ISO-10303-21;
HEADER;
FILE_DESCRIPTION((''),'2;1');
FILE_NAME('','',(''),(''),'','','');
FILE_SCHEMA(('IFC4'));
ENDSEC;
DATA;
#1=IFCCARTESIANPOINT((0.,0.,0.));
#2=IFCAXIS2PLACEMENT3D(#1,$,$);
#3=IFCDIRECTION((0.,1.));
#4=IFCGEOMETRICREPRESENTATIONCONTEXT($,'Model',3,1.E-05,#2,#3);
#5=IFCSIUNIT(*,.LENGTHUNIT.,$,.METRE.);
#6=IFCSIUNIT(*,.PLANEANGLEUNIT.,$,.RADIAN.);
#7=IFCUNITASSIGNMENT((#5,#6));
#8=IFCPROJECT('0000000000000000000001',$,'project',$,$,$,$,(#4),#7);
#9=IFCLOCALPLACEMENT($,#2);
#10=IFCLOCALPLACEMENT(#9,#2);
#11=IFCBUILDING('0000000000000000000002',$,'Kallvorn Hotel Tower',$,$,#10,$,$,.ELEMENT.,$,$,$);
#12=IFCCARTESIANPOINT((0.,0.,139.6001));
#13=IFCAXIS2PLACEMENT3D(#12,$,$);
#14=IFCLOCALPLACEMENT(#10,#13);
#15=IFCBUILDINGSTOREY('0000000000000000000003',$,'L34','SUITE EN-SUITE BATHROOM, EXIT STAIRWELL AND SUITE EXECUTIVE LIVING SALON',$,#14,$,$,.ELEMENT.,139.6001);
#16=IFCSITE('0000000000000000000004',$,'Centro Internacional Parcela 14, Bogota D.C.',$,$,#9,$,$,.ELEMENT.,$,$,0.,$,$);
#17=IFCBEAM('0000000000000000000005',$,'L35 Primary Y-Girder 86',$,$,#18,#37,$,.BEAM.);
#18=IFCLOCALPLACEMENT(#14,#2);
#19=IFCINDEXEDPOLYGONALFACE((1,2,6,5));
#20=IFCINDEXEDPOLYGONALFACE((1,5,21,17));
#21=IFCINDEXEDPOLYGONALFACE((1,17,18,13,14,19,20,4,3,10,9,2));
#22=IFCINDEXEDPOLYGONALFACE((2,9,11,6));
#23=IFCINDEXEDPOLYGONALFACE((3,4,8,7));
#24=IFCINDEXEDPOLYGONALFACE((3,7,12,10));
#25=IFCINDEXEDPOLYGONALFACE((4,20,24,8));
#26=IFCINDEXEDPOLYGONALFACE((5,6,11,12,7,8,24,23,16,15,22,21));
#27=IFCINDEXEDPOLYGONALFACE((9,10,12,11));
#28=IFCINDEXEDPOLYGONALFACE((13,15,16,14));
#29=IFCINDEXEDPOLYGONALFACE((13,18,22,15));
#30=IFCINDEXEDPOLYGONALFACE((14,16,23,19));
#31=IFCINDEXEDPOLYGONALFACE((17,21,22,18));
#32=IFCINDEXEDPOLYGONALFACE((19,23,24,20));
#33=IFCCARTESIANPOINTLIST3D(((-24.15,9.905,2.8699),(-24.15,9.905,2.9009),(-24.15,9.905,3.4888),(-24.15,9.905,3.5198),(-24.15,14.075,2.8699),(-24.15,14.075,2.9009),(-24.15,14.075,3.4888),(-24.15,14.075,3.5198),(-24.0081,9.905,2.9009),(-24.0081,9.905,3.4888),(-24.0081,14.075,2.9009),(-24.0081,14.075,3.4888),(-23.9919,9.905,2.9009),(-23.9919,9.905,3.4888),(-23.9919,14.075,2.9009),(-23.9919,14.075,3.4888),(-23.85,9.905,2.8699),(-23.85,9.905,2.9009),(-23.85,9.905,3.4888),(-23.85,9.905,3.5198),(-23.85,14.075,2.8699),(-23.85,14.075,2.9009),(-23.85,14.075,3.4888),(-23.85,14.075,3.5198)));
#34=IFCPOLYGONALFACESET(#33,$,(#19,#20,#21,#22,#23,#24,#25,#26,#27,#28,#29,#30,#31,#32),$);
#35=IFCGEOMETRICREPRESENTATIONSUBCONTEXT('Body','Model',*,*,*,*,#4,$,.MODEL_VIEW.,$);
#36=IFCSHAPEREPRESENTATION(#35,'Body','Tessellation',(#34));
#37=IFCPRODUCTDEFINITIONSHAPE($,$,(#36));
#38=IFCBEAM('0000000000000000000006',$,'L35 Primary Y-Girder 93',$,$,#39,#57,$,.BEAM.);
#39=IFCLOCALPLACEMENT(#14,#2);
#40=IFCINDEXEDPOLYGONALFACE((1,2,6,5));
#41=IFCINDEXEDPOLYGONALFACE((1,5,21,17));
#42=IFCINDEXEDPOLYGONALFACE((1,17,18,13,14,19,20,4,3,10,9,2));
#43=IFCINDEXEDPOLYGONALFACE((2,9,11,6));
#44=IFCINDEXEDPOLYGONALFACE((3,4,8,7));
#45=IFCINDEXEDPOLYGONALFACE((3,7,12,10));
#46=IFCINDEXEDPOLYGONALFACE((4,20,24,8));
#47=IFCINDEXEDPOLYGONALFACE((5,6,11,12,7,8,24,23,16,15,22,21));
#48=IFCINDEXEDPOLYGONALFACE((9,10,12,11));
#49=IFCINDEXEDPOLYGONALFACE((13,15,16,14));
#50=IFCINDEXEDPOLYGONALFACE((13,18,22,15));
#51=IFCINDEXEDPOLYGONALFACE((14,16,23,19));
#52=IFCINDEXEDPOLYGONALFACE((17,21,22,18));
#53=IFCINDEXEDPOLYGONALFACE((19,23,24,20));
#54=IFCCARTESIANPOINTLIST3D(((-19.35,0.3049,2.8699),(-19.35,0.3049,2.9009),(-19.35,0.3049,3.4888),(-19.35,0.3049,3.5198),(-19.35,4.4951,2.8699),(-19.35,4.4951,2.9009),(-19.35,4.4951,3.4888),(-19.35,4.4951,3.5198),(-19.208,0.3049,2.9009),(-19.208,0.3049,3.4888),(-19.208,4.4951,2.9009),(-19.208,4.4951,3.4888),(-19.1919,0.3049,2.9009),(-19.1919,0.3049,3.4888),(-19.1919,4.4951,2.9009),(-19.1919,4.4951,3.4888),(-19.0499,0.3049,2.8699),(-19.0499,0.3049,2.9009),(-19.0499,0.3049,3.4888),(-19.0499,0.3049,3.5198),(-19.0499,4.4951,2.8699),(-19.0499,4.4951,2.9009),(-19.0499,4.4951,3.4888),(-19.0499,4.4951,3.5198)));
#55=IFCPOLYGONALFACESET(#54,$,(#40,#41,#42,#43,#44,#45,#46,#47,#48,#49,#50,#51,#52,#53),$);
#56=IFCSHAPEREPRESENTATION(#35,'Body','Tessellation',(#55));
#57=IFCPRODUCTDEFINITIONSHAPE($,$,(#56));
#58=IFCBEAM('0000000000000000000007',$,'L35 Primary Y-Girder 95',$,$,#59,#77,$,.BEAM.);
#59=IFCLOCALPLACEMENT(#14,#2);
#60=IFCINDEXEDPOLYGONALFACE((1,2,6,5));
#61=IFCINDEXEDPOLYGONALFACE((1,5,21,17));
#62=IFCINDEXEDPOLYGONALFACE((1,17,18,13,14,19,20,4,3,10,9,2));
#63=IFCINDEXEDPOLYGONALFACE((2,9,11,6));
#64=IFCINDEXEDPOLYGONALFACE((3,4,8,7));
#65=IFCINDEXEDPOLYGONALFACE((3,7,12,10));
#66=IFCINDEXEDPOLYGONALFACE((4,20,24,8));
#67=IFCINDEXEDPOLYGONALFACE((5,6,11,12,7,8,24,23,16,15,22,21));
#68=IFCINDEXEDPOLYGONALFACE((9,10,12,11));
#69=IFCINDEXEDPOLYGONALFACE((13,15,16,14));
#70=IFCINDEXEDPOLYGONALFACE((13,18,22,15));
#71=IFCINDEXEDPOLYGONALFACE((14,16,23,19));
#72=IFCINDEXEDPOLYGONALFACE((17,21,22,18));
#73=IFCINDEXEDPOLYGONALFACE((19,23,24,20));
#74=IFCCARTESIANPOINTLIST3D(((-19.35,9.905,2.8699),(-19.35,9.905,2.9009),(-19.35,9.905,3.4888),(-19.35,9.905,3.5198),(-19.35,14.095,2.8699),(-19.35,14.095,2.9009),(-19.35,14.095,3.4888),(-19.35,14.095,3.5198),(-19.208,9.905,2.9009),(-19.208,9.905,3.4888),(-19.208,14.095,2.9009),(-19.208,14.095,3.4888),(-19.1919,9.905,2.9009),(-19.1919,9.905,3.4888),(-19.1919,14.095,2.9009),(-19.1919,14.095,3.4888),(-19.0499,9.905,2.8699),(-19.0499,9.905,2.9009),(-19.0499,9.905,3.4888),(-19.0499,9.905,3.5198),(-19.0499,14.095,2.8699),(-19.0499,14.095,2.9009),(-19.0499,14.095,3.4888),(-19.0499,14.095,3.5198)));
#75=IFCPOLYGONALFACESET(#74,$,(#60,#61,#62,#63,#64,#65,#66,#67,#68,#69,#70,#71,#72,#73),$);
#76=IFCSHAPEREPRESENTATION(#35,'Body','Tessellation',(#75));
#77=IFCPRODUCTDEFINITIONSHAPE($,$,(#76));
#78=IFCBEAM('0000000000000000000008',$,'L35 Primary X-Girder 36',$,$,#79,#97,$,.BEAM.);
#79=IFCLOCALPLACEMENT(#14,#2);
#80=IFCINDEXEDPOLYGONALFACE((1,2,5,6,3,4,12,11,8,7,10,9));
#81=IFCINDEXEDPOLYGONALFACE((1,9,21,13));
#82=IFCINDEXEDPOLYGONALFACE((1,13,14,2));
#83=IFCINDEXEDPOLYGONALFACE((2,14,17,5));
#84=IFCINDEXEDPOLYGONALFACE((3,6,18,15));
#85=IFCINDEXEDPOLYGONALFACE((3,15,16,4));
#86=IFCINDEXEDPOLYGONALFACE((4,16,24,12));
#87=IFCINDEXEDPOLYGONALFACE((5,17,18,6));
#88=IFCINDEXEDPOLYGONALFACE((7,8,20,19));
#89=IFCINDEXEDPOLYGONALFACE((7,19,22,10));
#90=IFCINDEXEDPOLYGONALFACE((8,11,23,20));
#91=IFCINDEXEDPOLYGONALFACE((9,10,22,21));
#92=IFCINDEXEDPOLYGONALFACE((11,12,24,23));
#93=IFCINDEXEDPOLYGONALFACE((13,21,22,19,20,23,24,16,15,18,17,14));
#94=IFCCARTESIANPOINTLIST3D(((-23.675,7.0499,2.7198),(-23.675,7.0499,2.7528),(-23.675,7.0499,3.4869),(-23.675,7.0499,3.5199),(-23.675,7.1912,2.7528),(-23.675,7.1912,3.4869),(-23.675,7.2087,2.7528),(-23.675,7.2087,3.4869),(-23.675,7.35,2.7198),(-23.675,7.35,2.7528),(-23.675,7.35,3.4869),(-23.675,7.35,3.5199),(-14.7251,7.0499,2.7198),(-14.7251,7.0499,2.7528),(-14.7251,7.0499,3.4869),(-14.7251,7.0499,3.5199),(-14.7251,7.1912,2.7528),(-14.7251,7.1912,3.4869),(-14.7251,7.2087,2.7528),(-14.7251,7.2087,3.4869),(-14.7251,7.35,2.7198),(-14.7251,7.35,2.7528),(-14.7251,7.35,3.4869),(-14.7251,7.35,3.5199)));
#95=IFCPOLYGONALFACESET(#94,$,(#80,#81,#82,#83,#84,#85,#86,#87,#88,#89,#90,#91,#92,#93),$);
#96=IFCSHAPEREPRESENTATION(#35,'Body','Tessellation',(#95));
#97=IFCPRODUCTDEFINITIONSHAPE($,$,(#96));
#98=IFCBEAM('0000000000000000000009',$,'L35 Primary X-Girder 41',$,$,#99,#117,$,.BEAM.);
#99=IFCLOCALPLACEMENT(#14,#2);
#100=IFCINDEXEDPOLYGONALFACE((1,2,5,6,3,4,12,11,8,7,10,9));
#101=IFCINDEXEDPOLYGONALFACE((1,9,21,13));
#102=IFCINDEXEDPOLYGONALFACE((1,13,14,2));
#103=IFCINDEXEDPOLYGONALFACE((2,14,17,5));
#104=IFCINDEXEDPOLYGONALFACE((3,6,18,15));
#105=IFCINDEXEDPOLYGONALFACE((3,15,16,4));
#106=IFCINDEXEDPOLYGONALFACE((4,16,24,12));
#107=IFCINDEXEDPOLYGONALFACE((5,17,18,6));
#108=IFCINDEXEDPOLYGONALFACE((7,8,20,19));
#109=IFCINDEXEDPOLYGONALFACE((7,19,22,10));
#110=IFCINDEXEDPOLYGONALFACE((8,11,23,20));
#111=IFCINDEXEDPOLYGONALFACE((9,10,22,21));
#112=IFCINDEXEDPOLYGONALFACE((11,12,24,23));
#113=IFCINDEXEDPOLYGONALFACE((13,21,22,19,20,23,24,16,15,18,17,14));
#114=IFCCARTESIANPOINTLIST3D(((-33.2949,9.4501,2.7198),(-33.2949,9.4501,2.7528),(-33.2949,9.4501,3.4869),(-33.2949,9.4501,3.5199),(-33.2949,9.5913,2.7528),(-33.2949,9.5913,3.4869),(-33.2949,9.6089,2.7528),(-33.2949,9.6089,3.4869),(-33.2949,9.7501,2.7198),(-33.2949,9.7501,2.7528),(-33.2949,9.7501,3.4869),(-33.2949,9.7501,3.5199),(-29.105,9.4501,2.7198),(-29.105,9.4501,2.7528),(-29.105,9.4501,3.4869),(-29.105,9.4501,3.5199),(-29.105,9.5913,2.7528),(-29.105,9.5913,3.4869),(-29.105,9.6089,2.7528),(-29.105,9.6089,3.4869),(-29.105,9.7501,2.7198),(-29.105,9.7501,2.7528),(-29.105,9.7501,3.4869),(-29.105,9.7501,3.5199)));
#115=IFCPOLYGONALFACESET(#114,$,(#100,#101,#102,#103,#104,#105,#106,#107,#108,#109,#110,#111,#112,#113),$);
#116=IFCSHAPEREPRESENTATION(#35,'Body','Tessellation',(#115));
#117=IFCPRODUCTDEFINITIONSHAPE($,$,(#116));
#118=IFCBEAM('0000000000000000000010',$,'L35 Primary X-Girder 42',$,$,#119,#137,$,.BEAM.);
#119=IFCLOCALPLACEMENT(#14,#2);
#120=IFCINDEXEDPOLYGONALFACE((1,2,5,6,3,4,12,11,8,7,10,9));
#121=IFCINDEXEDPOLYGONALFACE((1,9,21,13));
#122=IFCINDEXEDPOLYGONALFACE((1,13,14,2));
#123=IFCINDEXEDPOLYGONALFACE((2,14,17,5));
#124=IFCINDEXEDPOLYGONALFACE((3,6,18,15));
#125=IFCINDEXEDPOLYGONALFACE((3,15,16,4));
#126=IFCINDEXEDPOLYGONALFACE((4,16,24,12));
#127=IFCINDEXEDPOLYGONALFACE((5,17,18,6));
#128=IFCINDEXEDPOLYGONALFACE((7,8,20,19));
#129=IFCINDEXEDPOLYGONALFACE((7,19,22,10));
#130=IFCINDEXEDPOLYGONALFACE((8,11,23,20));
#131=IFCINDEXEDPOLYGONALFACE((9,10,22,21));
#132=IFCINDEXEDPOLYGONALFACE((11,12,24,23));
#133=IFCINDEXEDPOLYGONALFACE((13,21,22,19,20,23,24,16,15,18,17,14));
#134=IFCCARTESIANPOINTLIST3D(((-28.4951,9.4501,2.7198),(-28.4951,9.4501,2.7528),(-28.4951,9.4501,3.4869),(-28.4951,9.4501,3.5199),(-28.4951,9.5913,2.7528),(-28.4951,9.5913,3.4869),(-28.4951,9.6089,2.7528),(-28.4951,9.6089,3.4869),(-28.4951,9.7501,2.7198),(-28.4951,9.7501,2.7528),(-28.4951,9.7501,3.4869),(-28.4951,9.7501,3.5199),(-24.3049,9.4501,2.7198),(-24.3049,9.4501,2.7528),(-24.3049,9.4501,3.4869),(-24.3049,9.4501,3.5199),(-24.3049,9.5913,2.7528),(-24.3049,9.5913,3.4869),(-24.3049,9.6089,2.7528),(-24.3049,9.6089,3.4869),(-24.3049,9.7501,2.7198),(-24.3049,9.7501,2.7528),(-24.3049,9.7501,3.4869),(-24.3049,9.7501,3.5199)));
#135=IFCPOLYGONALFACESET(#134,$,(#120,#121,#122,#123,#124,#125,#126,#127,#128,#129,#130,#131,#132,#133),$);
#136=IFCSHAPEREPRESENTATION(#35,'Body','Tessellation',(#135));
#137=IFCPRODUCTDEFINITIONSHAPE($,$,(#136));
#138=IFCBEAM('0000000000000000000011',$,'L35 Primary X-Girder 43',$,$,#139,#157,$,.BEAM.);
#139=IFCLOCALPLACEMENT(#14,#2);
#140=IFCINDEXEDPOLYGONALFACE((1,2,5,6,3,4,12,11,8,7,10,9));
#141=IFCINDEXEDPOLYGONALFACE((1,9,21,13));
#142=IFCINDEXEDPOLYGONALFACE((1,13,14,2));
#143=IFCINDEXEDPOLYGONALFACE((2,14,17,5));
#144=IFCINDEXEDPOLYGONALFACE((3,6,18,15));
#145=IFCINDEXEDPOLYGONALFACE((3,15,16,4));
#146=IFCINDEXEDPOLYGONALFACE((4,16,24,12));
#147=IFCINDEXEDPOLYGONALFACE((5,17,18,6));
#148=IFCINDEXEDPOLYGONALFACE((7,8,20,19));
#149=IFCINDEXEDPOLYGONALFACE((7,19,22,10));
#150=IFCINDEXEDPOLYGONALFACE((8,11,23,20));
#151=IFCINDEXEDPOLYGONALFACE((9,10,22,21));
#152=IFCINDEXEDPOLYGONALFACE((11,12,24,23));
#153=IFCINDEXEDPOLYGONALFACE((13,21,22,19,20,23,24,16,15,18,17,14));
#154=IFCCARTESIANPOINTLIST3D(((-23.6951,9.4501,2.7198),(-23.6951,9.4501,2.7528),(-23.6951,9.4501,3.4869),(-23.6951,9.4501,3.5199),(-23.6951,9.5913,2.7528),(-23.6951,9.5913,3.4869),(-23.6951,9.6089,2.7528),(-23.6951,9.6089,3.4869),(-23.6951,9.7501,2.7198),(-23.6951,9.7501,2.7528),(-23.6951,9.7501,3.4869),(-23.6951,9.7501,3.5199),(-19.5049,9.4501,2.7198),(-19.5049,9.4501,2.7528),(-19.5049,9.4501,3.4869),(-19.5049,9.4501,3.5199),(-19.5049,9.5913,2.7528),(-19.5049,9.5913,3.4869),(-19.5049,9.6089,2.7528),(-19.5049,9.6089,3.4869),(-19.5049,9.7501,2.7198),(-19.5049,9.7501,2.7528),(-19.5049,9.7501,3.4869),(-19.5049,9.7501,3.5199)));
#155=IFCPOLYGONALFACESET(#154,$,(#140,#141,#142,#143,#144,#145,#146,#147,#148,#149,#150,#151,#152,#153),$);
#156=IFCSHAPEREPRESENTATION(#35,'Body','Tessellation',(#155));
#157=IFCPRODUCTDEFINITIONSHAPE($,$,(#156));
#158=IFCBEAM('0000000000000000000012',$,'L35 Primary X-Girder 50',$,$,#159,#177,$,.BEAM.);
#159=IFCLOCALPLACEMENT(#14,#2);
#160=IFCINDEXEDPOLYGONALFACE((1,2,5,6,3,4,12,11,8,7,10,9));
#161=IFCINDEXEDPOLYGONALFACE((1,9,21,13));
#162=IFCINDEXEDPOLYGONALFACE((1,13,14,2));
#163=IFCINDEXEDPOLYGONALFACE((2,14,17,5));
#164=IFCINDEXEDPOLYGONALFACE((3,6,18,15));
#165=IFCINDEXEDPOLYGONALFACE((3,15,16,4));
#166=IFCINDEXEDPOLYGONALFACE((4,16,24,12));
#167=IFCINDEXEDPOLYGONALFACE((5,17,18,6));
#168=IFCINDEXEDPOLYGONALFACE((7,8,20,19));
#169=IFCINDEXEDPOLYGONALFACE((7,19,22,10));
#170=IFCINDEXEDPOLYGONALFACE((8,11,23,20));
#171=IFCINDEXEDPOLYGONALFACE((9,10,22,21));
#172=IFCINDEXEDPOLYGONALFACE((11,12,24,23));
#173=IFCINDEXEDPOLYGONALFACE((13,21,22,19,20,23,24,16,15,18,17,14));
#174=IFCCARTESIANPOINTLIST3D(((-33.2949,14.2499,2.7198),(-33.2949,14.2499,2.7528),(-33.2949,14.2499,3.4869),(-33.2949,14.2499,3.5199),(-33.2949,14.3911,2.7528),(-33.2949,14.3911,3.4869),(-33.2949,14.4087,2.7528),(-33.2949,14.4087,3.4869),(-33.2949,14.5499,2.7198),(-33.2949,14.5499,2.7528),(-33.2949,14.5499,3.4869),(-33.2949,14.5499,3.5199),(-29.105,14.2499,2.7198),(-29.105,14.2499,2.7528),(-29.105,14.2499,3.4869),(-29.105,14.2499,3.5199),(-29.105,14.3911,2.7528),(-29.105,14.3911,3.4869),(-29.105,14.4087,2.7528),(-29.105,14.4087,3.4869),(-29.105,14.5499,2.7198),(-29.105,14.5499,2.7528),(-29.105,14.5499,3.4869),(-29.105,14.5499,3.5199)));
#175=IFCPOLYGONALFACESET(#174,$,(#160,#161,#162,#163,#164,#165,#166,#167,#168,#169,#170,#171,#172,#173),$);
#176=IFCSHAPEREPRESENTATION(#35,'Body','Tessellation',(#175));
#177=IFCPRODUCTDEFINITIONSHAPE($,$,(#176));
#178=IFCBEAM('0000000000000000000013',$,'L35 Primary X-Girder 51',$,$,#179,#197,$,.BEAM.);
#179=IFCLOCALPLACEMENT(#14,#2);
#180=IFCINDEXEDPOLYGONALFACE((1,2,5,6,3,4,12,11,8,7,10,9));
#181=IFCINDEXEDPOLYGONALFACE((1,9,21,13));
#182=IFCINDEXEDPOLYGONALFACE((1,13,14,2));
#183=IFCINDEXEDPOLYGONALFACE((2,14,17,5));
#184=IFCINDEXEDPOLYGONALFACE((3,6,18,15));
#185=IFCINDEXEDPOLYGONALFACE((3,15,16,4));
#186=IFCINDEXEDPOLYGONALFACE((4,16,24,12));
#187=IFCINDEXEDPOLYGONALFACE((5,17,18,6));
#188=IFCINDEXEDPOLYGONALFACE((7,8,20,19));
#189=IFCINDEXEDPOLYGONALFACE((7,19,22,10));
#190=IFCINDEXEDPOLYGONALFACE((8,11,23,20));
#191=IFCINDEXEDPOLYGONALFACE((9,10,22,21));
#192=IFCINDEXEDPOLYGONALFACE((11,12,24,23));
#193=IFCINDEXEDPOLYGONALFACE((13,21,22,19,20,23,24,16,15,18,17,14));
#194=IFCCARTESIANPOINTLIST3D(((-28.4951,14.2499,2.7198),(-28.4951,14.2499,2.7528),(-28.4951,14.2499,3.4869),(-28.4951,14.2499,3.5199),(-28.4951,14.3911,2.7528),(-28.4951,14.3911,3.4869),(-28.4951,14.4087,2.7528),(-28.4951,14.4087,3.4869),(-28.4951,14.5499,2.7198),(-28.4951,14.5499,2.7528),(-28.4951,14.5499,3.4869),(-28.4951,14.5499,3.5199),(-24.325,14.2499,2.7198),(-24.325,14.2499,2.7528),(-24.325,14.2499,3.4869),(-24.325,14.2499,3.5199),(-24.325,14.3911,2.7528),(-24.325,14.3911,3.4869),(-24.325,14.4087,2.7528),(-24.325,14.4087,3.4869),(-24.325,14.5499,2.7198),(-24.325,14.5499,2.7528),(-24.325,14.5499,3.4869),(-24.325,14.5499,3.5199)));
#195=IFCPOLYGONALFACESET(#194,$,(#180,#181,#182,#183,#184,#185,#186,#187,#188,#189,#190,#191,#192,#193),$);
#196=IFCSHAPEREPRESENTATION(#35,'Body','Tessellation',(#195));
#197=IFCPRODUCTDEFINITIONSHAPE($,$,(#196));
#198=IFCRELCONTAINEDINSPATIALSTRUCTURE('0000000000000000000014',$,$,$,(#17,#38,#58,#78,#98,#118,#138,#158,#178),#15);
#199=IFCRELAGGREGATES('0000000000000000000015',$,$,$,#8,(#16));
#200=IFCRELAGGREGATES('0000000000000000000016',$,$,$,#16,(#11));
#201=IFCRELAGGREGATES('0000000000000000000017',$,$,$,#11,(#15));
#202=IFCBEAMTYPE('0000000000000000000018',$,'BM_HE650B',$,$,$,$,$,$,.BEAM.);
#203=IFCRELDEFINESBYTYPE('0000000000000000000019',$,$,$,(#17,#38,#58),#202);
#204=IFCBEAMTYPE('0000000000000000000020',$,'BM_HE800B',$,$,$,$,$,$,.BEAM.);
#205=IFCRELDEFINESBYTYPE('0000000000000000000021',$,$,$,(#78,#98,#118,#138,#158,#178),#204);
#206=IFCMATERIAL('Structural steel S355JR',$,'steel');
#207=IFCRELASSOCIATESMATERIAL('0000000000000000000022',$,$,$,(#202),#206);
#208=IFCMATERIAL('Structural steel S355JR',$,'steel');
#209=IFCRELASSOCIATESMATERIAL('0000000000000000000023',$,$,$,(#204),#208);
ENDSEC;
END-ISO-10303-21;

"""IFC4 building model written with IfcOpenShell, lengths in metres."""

from ifc_helpers import new_model, si_unit, direction, frame, origin, origin_2d, place, context, subcontext, project, spatial, i_section, extrude, material, material_profile, profile_set, type_object, element, save


model = new_model("IFC4")

# Units and contexts
model_context = context("Model", 3, precision=1e-05, world=origin(), true_north=direction((0.0, 1.0)))
body_context = subcontext(model_context, "Body", "Model", "MODEL_VIEW")
ifc_project = project(units=[si_unit("LENGTHUNIT", "METRE"), si_unit("PLANEANGLEUNIT", "RADIAN")], contexts=[model_context])

# Site, building, storey
site_placement = place(None, origin())
site = spatial("IfcSite", under=ifc_project, at=site_placement, Name="Centro Internacional Parcela 14, Bogota D.C.", CompositionType="ELEMENT", RefElevation=0.0)
building_placement = place(site_placement, origin())
building = spatial("IfcBuilding", under=site, at=building_placement, Name="Kallvorn Hotel Tower", CompositionType="ELEMENT")
storey_placement = place(building_placement, frame((0.0, 0.0, 139.6001)))
storey = spatial("IfcBuildingStorey", under=building, at=storey_placement, Name="L34", Description="SUITE EN-SUITE BATHROOM, EXIT STAIRWELL AND SUITE EXECUTIVE LIVING SALON", CompositionType="ELEMENT", Elevation=139.6001)

# Beams
ifc_material_1 = material(Name="Structural steel S355JR", Category="steel")
ifc_material_profile_1 = material_profile(ifc_material_1, i_section(OverallWidth=0.3, OverallDepth=0.6499, WebThickness=0.0161, FlangeThickness=0.031, at=origin_2d()), Name="HE 650 B")
ifc_profile_set_1 = profile_set([ifc_material_profile_1], Name="Structural steel S355JR")
beam_type_1 = type_object("IfcBeamType", Name="BM_HE650B", PredefinedType="BEAM", material=ifc_profile_set_1)
beam_1_placement = place(storey_placement, frame((-24.0, 9.905, 3.1948), z_axis=(0.0, 1.0, 0.0), x_axis=(-1.0, 0.0, 0.0)))
element("IfcBeam", 1, at=beam_1_placement, inside=storey, type_object=beam_type_1, Name="L35 Primary Y-Girder 86", PredefinedType="BEAM", context=body_context, shape_type="SweptSolid", body=[
    extrude(i_section(OverallWidth=0.3, OverallDepth=0.6499, WebThickness=0.0161, FlangeThickness=0.031, at=origin_2d()), origin(), (0.0, 0.0, 1.0), 4.1699),
])
beam_2_placement = place(storey_placement, frame((-19.2, 0.3049, 3.1948), z_axis=(0.0, 1.0, 0.0), x_axis=(-1.0, 0.0, 0.0)))
element("IfcBeam", 2, at=beam_2_placement, inside=storey, type_object=beam_type_1, Name="L35 Primary Y-Girder 93", PredefinedType="BEAM", context=body_context, shape_type="SweptSolid", body=[
    extrude(i_section(OverallWidth=0.3, OverallDepth=0.6499, WebThickness=0.0161, FlangeThickness=0.031, at=origin_2d()), origin(), (0.0, 0.0, 1.0), 4.1902),
])
beam_3_placement = place(storey_placement, frame((-19.2, 9.905, 3.1948), z_axis=(0.0, 1.0, 0.0), x_axis=(-1.0, 0.0, 0.0)))
element("IfcBeam", 3, at=beam_3_placement, inside=storey, type_object=beam_type_1, Name="L35 Primary Y-Girder 95", PredefinedType="BEAM", context=body_context, shape_type="SweptSolid", body=[
    extrude(i_section(OverallWidth=0.3, OverallDepth=0.6499, WebThickness=0.0161, FlangeThickness=0.031, at=origin_2d()), origin(), (0.0, 0.0, 1.0), 4.1899),
])
ifc_material_2 = material(Name="Structural steel S355JR", Category="steel")
ifc_material_profile_2 = material_profile(ifc_material_2, i_section(OverallWidth=0.3, OverallDepth=0.8, WebThickness=0.0176, FlangeThickness=0.033, at=origin_2d()), Name="HE 800 B")
ifc_profile_set_2 = profile_set([ifc_material_profile_2], Name="Structural steel S355JR")
beam_type_2 = type_object("IfcBeamType", Name="BM_HE800B", PredefinedType="BEAM", material=ifc_profile_set_2)
beam_4_placement = place(storey_placement, frame((-23.675, 7.2, 3.1199), z_axis=(1.0, 0.0, 0.0), x_axis=(0.0, 1.0, 0.0)))
element("IfcBeam", 4, at=beam_4_placement, inside=storey, type_object=beam_type_2, Name="L35 Primary X-Girder 36", PredefinedType="BEAM", context=body_context, shape_type="SweptSolid", body=[
    extrude(i_section(OverallWidth=0.3, OverallDepth=0.8, WebThickness=0.0176, FlangeThickness=0.033, at=origin_2d()), origin(), (0.0, 0.0, 1.0), 8.95),
])
beam_5_placement = place(storey_placement, frame((-33.2949, 9.6001, 3.1199), z_axis=(1.0, 0.0, 0.0), x_axis=(0.0, 1.0, 0.0)))
element("IfcBeam", 5, at=beam_5_placement, inside=storey, type_object=beam_type_2, Name="L35 Primary X-Girder 41", PredefinedType="BEAM", context=body_context, shape_type="SweptSolid", body=[
    extrude(i_section(OverallWidth=0.3, OverallDepth=0.8, WebThickness=0.0176, FlangeThickness=0.033, at=origin_2d()), origin(), (0.0, 0.0, 1.0), 4.1899),
])
for number, where, z_axis, x_axis, name in (
    (6, (-28.4951, 9.6001, 3.1199), (1.0, 0.0, 0.0), (0.0, 1.0, 0.0), "L35 Primary X-Girder 42"),
    (7, (-23.6951, 9.6001, 3.1199), (1.0, 0.0, 0.0), (0.0, 1.0, 0.0), "L35 Primary X-Girder 43"),
):
    element("IfcBeam", number, at=place(storey_placement, frame(where, z_axis=z_axis, x_axis=x_axis)), inside=storey, type_object=beam_type_2, Name=name, PredefinedType="BEAM", context=body_context, shape_type="SweptSolid", body=[
        extrude(i_section(OverallWidth=0.3, OverallDepth=0.8, WebThickness=0.0176, FlangeThickness=0.033, at=origin_2d()), origin(), (0.0, 0.0, 1.0), 4.1902),
    ])
beam_6_placement = place(storey_placement, frame((-33.2949, 14.3999, 3.1199), z_axis=(1.0, 0.0, 0.0), x_axis=(0.0, 1.0, 0.0)))
element("IfcBeam", 8, at=beam_6_placement, inside=storey, type_object=beam_type_2, Name="L35 Primary X-Girder 50", PredefinedType="BEAM", context=body_context, shape_type="SweptSolid", body=[
    extrude(i_section(OverallWidth=0.3, OverallDepth=0.8, WebThickness=0.0176, FlangeThickness=0.033, at=origin_2d()), origin(), (0.0, 0.0, 1.0), 4.1899),
])
beam_7_placement = place(storey_placement, frame((-28.4951, 14.3999, 3.1199), z_axis=(1.0, 0.0, 0.0), x_axis=(0.0, 1.0, 0.0)))
element("IfcBeam", 9, at=beam_7_placement, inside=storey, type_object=beam_type_2, Name="L35 Primary X-Girder 51", PredefinedType="BEAM", context=body_context, shape_type="SweptSolid", body=[
    extrude(i_section(OverallWidth=0.3, OverallDepth=0.8, WebThickness=0.0176, FlangeThickness=0.033, at=origin_2d()), origin(), (0.0, 0.0, 1.0), 4.1702),
])

save(model, "model.ifc")
